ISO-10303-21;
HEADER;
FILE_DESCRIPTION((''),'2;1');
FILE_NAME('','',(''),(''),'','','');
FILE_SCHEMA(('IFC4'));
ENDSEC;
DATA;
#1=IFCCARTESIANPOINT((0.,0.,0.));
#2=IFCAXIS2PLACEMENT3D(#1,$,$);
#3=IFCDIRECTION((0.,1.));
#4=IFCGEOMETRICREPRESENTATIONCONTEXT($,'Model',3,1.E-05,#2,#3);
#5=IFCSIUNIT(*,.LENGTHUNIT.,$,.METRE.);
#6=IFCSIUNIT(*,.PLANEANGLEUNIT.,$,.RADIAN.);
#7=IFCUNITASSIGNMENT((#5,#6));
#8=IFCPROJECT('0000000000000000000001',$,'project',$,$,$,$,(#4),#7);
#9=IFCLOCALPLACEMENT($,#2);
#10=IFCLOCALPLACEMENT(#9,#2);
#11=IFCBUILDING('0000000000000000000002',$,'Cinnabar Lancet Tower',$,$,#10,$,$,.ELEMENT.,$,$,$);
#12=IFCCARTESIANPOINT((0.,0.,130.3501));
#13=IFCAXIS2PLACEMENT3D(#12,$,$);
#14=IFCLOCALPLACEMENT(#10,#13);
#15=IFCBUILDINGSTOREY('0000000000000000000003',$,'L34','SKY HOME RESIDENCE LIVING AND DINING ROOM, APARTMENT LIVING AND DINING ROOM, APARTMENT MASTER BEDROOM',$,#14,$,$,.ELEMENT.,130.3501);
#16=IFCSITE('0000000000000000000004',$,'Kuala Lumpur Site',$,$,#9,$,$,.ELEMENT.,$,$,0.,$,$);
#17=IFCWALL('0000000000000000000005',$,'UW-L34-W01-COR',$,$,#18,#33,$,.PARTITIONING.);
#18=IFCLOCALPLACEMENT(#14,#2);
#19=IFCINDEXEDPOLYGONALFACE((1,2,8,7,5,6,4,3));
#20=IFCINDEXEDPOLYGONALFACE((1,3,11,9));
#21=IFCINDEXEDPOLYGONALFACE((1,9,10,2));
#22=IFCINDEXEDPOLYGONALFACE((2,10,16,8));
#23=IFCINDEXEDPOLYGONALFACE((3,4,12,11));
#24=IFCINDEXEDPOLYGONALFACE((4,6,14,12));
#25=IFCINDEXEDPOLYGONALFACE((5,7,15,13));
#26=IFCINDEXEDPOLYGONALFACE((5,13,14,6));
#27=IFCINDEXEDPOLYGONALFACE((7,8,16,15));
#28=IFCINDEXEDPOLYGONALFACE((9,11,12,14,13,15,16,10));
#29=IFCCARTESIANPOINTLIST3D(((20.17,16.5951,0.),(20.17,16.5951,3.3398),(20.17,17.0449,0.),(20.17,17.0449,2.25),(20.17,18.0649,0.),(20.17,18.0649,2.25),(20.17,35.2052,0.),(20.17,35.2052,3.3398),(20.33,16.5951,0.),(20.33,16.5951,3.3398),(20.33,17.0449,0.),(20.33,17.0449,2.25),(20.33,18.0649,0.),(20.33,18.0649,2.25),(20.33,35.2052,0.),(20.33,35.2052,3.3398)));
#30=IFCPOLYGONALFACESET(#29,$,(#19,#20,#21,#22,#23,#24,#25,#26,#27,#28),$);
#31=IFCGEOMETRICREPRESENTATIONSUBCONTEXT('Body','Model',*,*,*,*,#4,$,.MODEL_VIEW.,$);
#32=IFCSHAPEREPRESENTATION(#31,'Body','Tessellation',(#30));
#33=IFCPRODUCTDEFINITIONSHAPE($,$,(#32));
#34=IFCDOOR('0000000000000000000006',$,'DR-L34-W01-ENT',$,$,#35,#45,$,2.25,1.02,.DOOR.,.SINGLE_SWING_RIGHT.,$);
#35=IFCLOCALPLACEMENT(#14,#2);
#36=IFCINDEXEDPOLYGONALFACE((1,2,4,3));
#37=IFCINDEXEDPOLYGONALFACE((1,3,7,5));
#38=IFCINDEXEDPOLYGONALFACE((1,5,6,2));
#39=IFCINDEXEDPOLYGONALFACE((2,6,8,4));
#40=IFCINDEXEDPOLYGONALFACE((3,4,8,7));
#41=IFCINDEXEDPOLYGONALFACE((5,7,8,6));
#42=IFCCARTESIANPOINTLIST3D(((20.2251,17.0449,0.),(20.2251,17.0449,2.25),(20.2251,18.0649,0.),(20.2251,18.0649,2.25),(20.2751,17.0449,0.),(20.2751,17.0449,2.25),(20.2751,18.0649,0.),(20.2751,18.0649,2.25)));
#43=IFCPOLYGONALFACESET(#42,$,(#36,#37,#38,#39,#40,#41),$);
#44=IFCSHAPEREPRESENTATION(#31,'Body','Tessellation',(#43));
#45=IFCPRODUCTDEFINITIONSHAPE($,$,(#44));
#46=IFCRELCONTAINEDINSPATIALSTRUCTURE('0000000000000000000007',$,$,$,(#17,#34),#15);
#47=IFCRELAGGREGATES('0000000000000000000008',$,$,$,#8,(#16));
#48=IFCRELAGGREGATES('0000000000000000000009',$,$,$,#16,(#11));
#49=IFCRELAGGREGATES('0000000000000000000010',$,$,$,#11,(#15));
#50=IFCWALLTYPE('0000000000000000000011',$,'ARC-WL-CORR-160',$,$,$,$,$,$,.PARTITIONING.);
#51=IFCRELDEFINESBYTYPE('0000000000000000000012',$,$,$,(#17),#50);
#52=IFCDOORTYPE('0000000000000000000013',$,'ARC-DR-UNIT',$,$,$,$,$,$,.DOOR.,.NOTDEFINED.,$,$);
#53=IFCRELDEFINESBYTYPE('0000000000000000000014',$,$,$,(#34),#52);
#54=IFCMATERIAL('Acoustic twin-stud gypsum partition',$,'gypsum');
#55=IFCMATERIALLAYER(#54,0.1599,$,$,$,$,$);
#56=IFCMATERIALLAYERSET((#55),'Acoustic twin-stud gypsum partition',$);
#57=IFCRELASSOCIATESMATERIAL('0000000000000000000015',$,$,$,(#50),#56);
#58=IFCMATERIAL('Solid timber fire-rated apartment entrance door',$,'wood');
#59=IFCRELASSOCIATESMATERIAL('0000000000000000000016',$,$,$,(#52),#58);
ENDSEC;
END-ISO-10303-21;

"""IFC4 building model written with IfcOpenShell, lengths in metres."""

from ifc_helpers import new_model, si_unit, direction, frame, frame_2d, origin, place, context, subcontext, project, spatial, rectangle, extrude, material, layer, layer_set, type_object, element, fill, save


model = new_model("IFC4")

# Units and contexts
model_context = context("Model", 3, precision=1e-05, world=origin(), true_north=direction((0.0, 1.0)))
body_context = subcontext(model_context, "Body", "Model", "MODEL_VIEW")
ifc_project = project(units=[si_unit("LENGTHUNIT", "METRE"), si_unit("PLANEANGLEUNIT", "RADIAN")], contexts=[model_context])

# Site, building, storey
site_placement = place(None, origin())
site = spatial("IfcSite", under=ifc_project, at=site_placement, Name="Kuala Lumpur Site", CompositionType="ELEMENT", RefElevation=0.0)
building_placement = place(site_placement, origin())
building = spatial("IfcBuilding", under=site, at=building_placement, Name="Cinnabar Lancet Tower", CompositionType="ELEMENT")
storey_placement = place(building_placement, frame((0.0, 0.0, 130.3501)))
storey = spatial("IfcBuildingStorey", under=building, at=storey_placement, Name="L34", Description="SKY HOME RESIDENCE LIVING AND DINING ROOM, APARTMENT LIVING AND DINING ROOM, APARTMENT MASTER BEDROOM", CompositionType="ELEMENT", Elevation=130.3501)

# Wall, opening, door
ifc_material_1 = material(Name="Acoustic twin-stud gypsum partition", Category="gypsum")
ifc_layer = layer(ifc_material_1, 0.1599)
ifc_layer_set = layer_set([ifc_layer], Name="Acoustic twin-stud gypsum partition")
wall_type = type_object("IfcWallType", Name="ARC-WL-CORR-160", PredefinedType="PARTITIONING", material=ifc_layer_set)
ifc_material_2 = material(Name="Solid timber fire-rated apartment entrance door", Category="wood")
door_type = type_object("IfcDoorType", Name="ARC-DR-UNIT", OperationType="NOTDEFINED", PredefinedType="DOOR", material=ifc_material_2)
wall_1_placement = place(storey_placement, frame((20.25, 16.595, 0.0), z_axis=(0.0, 0.0, 1.0), x_axis=(0.0, 1.0, 0.0)))
wall_1 = element("IfcWall", 1, at=wall_1_placement, inside=storey, type_object=wall_type, Name="UW-L34-W01-COR", PredefinedType="PARTITIONING", context=body_context, shape_type="SweptSolid", body=[
    extrude(rectangle(XDim=18.6101, YDim=0.1599, at=frame_2d((9.3052, 0.0))), origin(), (0.0, 0.0, 1.0), 3.3398),
])
opening_1_placement = place(wall_1_placement, frame((0.45, 0.0, 0.0)))
opening_1 = element("IfcOpeningElement", 2, at=opening_1_placement, cuts=wall_1, PredefinedType="OPENING", context=body_context, shape_type="SweptSolid", body=[
    extrude(rectangle(XDim=1.02, YDim=2.25, at=frame_2d((0.51, 1.125))), frame((0.0, 0.0898, 0.0), z_axis=(0.0, -1.0, 0.0), x_axis=(1.0, 0.0, 0.0)), (0.0, 0.0, 1.0), 0.1799),
])
door_1_placement = place(opening_1_placement, origin())
door_1 = element("IfcDoor", 3, at=door_1_placement, inside=storey, type_object=door_type, Name="DR-L34-W01-ENT", OperationType="SINGLE_SWING_RIGHT", OverallHeight=2.25, OverallWidth=1.02, PredefinedType="DOOR", context=body_context, shape_type="SweptSolid", body=[
    extrude(rectangle(XDim=1.02, YDim=2.25, at=frame_2d((0.51, 1.125))), frame((0.0, 0.0249, 0.0), z_axis=(0.0, -1.0, 0.0), x_axis=(1.0, 0.0, 0.0)), (0.0, 0.0, 1.0), 0.05),
])
fill(opening_1, door_1)

save(model, "model.ifc")
